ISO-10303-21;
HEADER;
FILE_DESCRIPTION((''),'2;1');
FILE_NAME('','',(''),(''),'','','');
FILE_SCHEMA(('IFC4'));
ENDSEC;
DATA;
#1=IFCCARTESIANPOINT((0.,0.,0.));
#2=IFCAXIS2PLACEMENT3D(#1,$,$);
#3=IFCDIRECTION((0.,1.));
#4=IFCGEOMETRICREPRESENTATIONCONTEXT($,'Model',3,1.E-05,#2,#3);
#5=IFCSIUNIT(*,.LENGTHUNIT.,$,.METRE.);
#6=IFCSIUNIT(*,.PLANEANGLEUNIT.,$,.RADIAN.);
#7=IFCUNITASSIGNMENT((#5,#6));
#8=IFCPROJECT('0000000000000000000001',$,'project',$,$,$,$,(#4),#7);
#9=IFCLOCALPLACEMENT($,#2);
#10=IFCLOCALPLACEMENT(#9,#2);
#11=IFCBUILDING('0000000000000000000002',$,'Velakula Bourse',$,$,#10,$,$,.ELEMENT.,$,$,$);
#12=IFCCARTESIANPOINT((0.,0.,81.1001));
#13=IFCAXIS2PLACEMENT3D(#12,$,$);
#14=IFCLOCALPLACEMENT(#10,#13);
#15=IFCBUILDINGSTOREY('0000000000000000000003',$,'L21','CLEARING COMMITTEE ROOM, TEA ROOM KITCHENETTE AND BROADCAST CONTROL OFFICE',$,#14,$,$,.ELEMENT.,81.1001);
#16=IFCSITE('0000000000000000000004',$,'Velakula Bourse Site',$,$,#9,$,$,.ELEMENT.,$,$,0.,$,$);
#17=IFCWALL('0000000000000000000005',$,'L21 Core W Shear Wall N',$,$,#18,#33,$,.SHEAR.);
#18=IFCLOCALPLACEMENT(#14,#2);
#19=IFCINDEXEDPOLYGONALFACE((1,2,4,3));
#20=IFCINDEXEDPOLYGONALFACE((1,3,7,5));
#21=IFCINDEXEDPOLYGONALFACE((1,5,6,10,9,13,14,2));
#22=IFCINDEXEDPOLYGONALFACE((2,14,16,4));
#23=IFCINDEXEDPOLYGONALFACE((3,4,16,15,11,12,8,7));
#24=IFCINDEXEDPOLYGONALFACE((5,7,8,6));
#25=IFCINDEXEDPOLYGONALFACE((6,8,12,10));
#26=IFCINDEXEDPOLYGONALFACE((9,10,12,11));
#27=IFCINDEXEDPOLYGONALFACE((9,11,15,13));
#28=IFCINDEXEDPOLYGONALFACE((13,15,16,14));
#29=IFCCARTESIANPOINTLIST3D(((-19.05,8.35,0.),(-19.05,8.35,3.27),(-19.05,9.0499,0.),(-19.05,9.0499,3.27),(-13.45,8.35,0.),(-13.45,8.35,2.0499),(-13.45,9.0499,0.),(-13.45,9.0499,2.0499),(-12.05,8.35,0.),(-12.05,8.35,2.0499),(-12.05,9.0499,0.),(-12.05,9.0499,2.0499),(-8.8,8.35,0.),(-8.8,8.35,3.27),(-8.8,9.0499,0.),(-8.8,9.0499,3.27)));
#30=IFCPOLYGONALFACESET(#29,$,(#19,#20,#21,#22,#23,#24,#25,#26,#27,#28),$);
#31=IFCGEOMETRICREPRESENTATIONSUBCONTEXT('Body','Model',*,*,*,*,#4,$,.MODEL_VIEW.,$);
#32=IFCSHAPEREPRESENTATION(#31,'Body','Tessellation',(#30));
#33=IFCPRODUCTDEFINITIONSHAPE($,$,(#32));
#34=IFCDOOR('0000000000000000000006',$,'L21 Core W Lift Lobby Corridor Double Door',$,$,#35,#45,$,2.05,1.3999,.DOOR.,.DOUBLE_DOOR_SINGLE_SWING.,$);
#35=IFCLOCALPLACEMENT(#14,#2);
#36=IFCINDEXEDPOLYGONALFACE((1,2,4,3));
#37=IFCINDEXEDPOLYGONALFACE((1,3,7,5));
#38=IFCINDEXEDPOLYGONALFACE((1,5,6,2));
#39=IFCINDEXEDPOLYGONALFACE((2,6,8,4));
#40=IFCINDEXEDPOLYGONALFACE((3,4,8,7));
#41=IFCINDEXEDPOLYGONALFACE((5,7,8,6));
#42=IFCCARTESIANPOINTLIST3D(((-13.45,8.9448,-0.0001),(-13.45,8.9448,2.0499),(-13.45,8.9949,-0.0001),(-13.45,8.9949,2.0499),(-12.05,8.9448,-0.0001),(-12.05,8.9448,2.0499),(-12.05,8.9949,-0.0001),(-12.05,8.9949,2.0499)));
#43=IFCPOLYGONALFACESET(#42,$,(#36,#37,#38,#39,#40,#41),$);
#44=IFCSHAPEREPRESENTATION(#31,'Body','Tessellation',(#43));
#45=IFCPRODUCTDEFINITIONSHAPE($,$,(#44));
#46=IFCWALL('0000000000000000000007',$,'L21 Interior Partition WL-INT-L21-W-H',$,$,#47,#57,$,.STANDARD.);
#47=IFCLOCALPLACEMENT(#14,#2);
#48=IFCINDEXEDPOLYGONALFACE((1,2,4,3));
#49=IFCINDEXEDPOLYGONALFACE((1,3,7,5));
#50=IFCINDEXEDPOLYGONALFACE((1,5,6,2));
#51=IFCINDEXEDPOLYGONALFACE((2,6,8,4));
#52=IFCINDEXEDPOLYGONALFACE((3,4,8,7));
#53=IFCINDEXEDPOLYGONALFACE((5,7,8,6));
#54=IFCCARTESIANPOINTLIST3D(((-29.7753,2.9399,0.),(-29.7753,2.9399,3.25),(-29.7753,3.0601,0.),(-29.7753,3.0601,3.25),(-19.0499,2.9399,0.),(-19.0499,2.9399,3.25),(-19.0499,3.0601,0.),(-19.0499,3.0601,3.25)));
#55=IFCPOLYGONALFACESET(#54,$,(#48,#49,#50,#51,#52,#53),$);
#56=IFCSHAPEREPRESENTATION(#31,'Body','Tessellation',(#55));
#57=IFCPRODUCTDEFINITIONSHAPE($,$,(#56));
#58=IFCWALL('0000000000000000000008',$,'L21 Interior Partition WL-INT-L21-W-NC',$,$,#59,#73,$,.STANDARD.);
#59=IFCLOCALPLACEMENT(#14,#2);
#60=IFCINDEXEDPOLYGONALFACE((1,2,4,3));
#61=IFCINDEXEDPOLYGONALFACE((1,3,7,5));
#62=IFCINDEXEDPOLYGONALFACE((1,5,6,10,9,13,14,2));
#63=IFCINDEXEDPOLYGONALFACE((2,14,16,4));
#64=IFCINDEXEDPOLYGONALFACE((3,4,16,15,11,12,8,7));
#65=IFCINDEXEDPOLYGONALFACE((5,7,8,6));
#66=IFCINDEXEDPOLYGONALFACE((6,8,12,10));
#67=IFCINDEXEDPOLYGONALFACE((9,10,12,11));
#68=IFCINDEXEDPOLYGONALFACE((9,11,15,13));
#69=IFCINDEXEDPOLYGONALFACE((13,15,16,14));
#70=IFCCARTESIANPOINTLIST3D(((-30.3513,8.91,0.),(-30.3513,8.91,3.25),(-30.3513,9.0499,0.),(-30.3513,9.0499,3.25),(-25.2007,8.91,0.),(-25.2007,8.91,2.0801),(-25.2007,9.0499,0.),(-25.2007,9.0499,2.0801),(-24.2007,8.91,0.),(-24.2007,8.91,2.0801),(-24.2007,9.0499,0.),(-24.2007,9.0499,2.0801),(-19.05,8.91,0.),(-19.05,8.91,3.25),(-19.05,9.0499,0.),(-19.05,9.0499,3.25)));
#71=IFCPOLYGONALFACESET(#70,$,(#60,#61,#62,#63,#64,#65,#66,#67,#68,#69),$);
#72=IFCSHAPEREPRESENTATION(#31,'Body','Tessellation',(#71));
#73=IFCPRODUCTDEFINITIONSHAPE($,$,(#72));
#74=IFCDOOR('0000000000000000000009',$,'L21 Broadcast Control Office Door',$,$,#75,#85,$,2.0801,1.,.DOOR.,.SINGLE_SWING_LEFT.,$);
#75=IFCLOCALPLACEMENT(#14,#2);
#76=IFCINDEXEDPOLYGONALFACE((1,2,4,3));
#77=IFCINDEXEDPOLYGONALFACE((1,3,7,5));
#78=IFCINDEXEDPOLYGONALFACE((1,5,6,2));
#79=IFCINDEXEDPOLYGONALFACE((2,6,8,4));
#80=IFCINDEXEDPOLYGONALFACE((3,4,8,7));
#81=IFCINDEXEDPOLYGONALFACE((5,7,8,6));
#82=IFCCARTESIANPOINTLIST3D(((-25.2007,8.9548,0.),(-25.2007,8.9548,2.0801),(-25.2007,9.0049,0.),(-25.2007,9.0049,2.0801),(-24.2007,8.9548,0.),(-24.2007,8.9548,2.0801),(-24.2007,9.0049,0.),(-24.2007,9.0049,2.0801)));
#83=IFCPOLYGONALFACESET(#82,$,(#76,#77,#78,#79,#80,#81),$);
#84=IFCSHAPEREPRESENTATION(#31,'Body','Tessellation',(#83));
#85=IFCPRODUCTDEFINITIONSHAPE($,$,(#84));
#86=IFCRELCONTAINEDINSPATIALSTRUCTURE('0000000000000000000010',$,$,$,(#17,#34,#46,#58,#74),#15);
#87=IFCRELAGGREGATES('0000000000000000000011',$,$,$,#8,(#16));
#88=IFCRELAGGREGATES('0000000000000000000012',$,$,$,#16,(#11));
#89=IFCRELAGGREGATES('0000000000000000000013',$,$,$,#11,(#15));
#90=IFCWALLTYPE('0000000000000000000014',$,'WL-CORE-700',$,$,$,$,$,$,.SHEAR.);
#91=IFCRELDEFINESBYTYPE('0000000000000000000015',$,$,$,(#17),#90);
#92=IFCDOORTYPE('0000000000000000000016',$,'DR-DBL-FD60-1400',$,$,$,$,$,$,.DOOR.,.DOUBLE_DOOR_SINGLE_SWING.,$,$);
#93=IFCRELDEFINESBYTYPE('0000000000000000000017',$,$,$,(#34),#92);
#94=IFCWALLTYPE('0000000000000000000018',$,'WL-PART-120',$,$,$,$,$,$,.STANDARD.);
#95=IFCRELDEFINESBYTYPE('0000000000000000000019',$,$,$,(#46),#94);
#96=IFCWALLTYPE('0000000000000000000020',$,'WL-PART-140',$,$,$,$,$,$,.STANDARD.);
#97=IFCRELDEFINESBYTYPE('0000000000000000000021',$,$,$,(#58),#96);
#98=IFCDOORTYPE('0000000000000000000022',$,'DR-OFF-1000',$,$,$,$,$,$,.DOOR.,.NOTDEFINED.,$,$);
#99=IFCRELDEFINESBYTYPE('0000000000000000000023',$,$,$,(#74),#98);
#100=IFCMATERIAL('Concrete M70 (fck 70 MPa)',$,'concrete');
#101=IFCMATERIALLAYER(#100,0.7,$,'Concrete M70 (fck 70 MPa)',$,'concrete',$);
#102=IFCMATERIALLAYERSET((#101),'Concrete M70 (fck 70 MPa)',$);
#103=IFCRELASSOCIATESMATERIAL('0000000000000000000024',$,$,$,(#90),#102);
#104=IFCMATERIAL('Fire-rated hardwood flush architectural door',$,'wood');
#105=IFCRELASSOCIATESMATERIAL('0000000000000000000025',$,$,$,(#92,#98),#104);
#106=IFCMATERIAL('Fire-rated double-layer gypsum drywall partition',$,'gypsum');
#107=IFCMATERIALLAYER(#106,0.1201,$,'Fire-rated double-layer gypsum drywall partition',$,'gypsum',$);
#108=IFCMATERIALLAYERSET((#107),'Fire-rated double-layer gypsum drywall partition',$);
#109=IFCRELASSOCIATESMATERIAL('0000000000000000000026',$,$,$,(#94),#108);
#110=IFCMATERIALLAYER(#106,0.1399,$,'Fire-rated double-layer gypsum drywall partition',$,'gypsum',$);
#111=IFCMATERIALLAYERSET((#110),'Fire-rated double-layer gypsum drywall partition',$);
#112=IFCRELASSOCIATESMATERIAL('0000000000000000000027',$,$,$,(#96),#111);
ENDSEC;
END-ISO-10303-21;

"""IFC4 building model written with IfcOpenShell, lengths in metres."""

from ifc_helpers import new_model, si_unit, direction, frame, frame_2d, origin, place, context, subcontext, project, spatial, rectangle, extrude, material, layer, layer_set, type_object, element, fill, save


model = new_model("IFC4")

# Units and contexts
model_context = context("Model", 3, precision=1e-05, world=origin(), true_north=direction((0.0, 1.0)))
body_context = subcontext(model_context, "Body", "Model", "MODEL_VIEW")
ifc_project = project(units=[si_unit("LENGTHUNIT", "METRE"), si_unit("PLANEANGLEUNIT", "RADIAN")], contexts=[model_context])

# Site, building, storey
site_placement = place(None, origin())
site = spatial("IfcSite", under=ifc_project, at=site_placement, Name="Velakula Bourse Site", CompositionType="ELEMENT", RefElevation=0.0)
building_placement = place(site_placement, origin())
building = spatial("IfcBuilding", under=site, at=building_placement, Name="Velakula Bourse", CompositionType="ELEMENT")
storey_placement = place(building_placement, frame((0.0, 0.0, 81.1001)))
storey = spatial("IfcBuildingStorey", under=building, at=storey_placement, Name="L21", Description="CLEARING COMMITTEE ROOM, TEA ROOM KITCHENETTE AND BROADCAST CONTROL OFFICE", CompositionType="ELEMENT", Elevation=81.1001)

# Shared definitions
ifc_material_1 = material(Name="Concrete M70 (fck 70 MPa)", Category="concrete")

# Wall, opening, door
ifc_layer_1 = layer(ifc_material_1, 0.7, Name="Concrete M70 (fck 70 MPa)", Category="concrete")
ifc_layer_set_1 = layer_set([ifc_layer_1], Name="Concrete M70 (fck 70 MPa)")
wall_type_1 = type_object("IfcWallType", Name="WL-CORE-700", PredefinedType="SHEAR", material=ifc_layer_set_1)
wall_1_placement = place(storey_placement, frame((-19.05, 8.7, 0.0), z_axis=(0.0, 0.0, 1.0), x_axis=(1.0, 0.0, 0.0)))
wall_1 = element("IfcWall", 1, at=wall_1_placement, inside=storey, type_object=wall_type_1, Name="L21 Core W Shear Wall N", PredefinedType="SHEAR", context=body_context, shape_type="SweptSolid", body=[
    extrude(rectangle(XDim=10.25, YDim=0.7, at=frame_2d((5.125, 0.0))), origin(), (0.0, 0.0, 1.0), 3.27),
])
opening_1_placement = place(wall_1_placement, frame((5.6001, 0.0, 0.0)))
opening_1 = element("IfcOpeningElement", 2, at=opening_1_placement, cuts=wall_1, PredefinedType="OPENING", context=body_context, shape_type="SweptSolid", body=[
    extrude(rectangle(XDim=1.3999, YDim=2.05, at=frame_2d((0.7, 1.0249))), frame((0.0, 0.3599, 0.0), z_axis=(0.0, -1.0, 0.0), x_axis=(1.0, 0.0, 0.0)), (0.0, 0.0, 1.0), 0.72),
])
ifc_material_2 = material(Name="Fire-rated hardwood flush architectural door", Category="wood")
door_type_1 = type_object("IfcDoorType", Name="DR-DBL-FD60-1400", OperationType="DOUBLE_DOOR_SINGLE_SWING", PredefinedType="DOOR", material=ifc_material_2)
door_1_placement = place(opening_1_placement, origin())
door_1 = element("IfcDoor", 3, at=door_1_placement, inside=storey, type_object=door_type_1, Name="L21 Core W Lift Lobby Corridor Double Door", OperationType="DOUBLE_DOOR_SINGLE_SWING", OverallHeight=2.05, OverallWidth=1.3999, PredefinedType="DOOR", context=body_context, shape_type="SweptSolid", body=[
    extrude(rectangle(XDim=1.3999, YDim=2.05, at=frame_2d((0.7, 1.0249))), frame((0.0, 0.2949, 0.0), z_axis=(0.0, -1.0, 0.0), x_axis=(1.0, 0.0, 0.0)), (0.0, 0.0, 1.0), 0.05),
])
fill(opening_1, door_1)

# Wall
ifc_material_3 = material(Name="Fire-rated double-layer gypsum drywall partition", Category="gypsum")
ifc_layer_2 = layer(ifc_material_3, 0.1201, Name="Fire-rated double-layer gypsum drywall partition", Category="gypsum")
ifc_layer_set_2 = layer_set([ifc_layer_2], Name="Fire-rated double-layer gypsum drywall partition")
wall_type_2 = type_object("IfcWallType", Name="WL-PART-120", PredefinedType="STANDARD", material=ifc_layer_set_2)
wall_2_placement = place(storey_placement, frame((-29.7754, 3.0, 0.0), z_axis=(0.0, 0.0, 1.0), x_axis=(1.0, 0.0, 0.0)))
element("IfcWall", 4, at=wall_2_placement, inside=storey, type_object=wall_type_2, Name="L21 Interior Partition WL-INT-L21-W-H", PredefinedType="STANDARD", context=body_context, shape_type="SweptSolid", body=[
    extrude(rectangle(XDim=10.7253, YDim=0.1201, at=frame_2d((5.3628, 0.0))), origin(), (0.0, 0.0, 1.0), 3.25),
])

# Wall, opening, door
ifc_layer_3 = layer(ifc_material_3, 0.1399, Name="Fire-rated double-layer gypsum drywall partition", Category="gypsum")
ifc_layer_set_3 = layer_set([ifc_layer_3], Name="Fire-rated double-layer gypsum drywall partition")
wall_type_3 = type_object("IfcWallType", Name="WL-PART-140", PredefinedType="STANDARD", material=ifc_layer_set_3)
wall_3_placement = place(storey_placement, frame((-30.3513, 8.98, 0.0), z_axis=(0.0, 0.0, 1.0), x_axis=(1.0, 0.0, 0.0)))
wall_3 = element("IfcWall", 5, at=wall_3_placement, inside=storey, type_object=wall_type_3, Name="L21 Interior Partition WL-INT-L21-W-NC", PredefinedType="STANDARD", context=body_context, shape_type="SweptSolid", body=[
    extrude(rectangle(XDim=11.3013, YDim=0.1399, at=frame_2d((5.6506, 0.0))), origin(), (0.0, 0.0, 1.0), 3.25),
])
opening_2_placement = place(wall_3_placement, frame((5.1506, 0.0, 0.0)))
opening_2 = element("IfcOpeningElement", 6, at=opening_2_placement, cuts=wall_3, PredefinedType="OPENING", context=body_context, shape_type="SweptSolid", body=[
    extrude(rectangle(XDim=1.0, YDim=2.0801, at=frame_2d((0.5, 1.04))), frame((0.0, 0.0798, 0.0), z_axis=(0.0, -1.0, 0.0), x_axis=(1.0, 0.0, 0.0)), (0.0, 0.0, 1.0), 0.1599),
])
door_type_2 = type_object("IfcDoorType", Name="DR-OFF-1000", OperationType="NOTDEFINED", PredefinedType="DOOR", material=ifc_material_2)
door_2_placement = place(opening_2_placement, origin())
door_2 = element("IfcDoor", 7, at=door_2_placement, inside=storey, type_object=door_type_2, Name="L21 Broadcast Control Office Door", OperationType="SINGLE_SWING_LEFT", OverallHeight=2.0801, OverallWidth=1.0, PredefinedType="DOOR", context=body_context, shape_type="SweptSolid", body=[
    extrude(rectangle(XDim=1.0, YDim=2.0801, at=frame_2d((0.5, 1.04))), frame((0.0, 0.0249, 0.0), z_axis=(0.0, -1.0, 0.0), x_axis=(1.0, 0.0, 0.0)), (0.0, 0.0, 1.0), 0.05),
])
fill(opening_2, door_2)

save(model, "model.ifc")
